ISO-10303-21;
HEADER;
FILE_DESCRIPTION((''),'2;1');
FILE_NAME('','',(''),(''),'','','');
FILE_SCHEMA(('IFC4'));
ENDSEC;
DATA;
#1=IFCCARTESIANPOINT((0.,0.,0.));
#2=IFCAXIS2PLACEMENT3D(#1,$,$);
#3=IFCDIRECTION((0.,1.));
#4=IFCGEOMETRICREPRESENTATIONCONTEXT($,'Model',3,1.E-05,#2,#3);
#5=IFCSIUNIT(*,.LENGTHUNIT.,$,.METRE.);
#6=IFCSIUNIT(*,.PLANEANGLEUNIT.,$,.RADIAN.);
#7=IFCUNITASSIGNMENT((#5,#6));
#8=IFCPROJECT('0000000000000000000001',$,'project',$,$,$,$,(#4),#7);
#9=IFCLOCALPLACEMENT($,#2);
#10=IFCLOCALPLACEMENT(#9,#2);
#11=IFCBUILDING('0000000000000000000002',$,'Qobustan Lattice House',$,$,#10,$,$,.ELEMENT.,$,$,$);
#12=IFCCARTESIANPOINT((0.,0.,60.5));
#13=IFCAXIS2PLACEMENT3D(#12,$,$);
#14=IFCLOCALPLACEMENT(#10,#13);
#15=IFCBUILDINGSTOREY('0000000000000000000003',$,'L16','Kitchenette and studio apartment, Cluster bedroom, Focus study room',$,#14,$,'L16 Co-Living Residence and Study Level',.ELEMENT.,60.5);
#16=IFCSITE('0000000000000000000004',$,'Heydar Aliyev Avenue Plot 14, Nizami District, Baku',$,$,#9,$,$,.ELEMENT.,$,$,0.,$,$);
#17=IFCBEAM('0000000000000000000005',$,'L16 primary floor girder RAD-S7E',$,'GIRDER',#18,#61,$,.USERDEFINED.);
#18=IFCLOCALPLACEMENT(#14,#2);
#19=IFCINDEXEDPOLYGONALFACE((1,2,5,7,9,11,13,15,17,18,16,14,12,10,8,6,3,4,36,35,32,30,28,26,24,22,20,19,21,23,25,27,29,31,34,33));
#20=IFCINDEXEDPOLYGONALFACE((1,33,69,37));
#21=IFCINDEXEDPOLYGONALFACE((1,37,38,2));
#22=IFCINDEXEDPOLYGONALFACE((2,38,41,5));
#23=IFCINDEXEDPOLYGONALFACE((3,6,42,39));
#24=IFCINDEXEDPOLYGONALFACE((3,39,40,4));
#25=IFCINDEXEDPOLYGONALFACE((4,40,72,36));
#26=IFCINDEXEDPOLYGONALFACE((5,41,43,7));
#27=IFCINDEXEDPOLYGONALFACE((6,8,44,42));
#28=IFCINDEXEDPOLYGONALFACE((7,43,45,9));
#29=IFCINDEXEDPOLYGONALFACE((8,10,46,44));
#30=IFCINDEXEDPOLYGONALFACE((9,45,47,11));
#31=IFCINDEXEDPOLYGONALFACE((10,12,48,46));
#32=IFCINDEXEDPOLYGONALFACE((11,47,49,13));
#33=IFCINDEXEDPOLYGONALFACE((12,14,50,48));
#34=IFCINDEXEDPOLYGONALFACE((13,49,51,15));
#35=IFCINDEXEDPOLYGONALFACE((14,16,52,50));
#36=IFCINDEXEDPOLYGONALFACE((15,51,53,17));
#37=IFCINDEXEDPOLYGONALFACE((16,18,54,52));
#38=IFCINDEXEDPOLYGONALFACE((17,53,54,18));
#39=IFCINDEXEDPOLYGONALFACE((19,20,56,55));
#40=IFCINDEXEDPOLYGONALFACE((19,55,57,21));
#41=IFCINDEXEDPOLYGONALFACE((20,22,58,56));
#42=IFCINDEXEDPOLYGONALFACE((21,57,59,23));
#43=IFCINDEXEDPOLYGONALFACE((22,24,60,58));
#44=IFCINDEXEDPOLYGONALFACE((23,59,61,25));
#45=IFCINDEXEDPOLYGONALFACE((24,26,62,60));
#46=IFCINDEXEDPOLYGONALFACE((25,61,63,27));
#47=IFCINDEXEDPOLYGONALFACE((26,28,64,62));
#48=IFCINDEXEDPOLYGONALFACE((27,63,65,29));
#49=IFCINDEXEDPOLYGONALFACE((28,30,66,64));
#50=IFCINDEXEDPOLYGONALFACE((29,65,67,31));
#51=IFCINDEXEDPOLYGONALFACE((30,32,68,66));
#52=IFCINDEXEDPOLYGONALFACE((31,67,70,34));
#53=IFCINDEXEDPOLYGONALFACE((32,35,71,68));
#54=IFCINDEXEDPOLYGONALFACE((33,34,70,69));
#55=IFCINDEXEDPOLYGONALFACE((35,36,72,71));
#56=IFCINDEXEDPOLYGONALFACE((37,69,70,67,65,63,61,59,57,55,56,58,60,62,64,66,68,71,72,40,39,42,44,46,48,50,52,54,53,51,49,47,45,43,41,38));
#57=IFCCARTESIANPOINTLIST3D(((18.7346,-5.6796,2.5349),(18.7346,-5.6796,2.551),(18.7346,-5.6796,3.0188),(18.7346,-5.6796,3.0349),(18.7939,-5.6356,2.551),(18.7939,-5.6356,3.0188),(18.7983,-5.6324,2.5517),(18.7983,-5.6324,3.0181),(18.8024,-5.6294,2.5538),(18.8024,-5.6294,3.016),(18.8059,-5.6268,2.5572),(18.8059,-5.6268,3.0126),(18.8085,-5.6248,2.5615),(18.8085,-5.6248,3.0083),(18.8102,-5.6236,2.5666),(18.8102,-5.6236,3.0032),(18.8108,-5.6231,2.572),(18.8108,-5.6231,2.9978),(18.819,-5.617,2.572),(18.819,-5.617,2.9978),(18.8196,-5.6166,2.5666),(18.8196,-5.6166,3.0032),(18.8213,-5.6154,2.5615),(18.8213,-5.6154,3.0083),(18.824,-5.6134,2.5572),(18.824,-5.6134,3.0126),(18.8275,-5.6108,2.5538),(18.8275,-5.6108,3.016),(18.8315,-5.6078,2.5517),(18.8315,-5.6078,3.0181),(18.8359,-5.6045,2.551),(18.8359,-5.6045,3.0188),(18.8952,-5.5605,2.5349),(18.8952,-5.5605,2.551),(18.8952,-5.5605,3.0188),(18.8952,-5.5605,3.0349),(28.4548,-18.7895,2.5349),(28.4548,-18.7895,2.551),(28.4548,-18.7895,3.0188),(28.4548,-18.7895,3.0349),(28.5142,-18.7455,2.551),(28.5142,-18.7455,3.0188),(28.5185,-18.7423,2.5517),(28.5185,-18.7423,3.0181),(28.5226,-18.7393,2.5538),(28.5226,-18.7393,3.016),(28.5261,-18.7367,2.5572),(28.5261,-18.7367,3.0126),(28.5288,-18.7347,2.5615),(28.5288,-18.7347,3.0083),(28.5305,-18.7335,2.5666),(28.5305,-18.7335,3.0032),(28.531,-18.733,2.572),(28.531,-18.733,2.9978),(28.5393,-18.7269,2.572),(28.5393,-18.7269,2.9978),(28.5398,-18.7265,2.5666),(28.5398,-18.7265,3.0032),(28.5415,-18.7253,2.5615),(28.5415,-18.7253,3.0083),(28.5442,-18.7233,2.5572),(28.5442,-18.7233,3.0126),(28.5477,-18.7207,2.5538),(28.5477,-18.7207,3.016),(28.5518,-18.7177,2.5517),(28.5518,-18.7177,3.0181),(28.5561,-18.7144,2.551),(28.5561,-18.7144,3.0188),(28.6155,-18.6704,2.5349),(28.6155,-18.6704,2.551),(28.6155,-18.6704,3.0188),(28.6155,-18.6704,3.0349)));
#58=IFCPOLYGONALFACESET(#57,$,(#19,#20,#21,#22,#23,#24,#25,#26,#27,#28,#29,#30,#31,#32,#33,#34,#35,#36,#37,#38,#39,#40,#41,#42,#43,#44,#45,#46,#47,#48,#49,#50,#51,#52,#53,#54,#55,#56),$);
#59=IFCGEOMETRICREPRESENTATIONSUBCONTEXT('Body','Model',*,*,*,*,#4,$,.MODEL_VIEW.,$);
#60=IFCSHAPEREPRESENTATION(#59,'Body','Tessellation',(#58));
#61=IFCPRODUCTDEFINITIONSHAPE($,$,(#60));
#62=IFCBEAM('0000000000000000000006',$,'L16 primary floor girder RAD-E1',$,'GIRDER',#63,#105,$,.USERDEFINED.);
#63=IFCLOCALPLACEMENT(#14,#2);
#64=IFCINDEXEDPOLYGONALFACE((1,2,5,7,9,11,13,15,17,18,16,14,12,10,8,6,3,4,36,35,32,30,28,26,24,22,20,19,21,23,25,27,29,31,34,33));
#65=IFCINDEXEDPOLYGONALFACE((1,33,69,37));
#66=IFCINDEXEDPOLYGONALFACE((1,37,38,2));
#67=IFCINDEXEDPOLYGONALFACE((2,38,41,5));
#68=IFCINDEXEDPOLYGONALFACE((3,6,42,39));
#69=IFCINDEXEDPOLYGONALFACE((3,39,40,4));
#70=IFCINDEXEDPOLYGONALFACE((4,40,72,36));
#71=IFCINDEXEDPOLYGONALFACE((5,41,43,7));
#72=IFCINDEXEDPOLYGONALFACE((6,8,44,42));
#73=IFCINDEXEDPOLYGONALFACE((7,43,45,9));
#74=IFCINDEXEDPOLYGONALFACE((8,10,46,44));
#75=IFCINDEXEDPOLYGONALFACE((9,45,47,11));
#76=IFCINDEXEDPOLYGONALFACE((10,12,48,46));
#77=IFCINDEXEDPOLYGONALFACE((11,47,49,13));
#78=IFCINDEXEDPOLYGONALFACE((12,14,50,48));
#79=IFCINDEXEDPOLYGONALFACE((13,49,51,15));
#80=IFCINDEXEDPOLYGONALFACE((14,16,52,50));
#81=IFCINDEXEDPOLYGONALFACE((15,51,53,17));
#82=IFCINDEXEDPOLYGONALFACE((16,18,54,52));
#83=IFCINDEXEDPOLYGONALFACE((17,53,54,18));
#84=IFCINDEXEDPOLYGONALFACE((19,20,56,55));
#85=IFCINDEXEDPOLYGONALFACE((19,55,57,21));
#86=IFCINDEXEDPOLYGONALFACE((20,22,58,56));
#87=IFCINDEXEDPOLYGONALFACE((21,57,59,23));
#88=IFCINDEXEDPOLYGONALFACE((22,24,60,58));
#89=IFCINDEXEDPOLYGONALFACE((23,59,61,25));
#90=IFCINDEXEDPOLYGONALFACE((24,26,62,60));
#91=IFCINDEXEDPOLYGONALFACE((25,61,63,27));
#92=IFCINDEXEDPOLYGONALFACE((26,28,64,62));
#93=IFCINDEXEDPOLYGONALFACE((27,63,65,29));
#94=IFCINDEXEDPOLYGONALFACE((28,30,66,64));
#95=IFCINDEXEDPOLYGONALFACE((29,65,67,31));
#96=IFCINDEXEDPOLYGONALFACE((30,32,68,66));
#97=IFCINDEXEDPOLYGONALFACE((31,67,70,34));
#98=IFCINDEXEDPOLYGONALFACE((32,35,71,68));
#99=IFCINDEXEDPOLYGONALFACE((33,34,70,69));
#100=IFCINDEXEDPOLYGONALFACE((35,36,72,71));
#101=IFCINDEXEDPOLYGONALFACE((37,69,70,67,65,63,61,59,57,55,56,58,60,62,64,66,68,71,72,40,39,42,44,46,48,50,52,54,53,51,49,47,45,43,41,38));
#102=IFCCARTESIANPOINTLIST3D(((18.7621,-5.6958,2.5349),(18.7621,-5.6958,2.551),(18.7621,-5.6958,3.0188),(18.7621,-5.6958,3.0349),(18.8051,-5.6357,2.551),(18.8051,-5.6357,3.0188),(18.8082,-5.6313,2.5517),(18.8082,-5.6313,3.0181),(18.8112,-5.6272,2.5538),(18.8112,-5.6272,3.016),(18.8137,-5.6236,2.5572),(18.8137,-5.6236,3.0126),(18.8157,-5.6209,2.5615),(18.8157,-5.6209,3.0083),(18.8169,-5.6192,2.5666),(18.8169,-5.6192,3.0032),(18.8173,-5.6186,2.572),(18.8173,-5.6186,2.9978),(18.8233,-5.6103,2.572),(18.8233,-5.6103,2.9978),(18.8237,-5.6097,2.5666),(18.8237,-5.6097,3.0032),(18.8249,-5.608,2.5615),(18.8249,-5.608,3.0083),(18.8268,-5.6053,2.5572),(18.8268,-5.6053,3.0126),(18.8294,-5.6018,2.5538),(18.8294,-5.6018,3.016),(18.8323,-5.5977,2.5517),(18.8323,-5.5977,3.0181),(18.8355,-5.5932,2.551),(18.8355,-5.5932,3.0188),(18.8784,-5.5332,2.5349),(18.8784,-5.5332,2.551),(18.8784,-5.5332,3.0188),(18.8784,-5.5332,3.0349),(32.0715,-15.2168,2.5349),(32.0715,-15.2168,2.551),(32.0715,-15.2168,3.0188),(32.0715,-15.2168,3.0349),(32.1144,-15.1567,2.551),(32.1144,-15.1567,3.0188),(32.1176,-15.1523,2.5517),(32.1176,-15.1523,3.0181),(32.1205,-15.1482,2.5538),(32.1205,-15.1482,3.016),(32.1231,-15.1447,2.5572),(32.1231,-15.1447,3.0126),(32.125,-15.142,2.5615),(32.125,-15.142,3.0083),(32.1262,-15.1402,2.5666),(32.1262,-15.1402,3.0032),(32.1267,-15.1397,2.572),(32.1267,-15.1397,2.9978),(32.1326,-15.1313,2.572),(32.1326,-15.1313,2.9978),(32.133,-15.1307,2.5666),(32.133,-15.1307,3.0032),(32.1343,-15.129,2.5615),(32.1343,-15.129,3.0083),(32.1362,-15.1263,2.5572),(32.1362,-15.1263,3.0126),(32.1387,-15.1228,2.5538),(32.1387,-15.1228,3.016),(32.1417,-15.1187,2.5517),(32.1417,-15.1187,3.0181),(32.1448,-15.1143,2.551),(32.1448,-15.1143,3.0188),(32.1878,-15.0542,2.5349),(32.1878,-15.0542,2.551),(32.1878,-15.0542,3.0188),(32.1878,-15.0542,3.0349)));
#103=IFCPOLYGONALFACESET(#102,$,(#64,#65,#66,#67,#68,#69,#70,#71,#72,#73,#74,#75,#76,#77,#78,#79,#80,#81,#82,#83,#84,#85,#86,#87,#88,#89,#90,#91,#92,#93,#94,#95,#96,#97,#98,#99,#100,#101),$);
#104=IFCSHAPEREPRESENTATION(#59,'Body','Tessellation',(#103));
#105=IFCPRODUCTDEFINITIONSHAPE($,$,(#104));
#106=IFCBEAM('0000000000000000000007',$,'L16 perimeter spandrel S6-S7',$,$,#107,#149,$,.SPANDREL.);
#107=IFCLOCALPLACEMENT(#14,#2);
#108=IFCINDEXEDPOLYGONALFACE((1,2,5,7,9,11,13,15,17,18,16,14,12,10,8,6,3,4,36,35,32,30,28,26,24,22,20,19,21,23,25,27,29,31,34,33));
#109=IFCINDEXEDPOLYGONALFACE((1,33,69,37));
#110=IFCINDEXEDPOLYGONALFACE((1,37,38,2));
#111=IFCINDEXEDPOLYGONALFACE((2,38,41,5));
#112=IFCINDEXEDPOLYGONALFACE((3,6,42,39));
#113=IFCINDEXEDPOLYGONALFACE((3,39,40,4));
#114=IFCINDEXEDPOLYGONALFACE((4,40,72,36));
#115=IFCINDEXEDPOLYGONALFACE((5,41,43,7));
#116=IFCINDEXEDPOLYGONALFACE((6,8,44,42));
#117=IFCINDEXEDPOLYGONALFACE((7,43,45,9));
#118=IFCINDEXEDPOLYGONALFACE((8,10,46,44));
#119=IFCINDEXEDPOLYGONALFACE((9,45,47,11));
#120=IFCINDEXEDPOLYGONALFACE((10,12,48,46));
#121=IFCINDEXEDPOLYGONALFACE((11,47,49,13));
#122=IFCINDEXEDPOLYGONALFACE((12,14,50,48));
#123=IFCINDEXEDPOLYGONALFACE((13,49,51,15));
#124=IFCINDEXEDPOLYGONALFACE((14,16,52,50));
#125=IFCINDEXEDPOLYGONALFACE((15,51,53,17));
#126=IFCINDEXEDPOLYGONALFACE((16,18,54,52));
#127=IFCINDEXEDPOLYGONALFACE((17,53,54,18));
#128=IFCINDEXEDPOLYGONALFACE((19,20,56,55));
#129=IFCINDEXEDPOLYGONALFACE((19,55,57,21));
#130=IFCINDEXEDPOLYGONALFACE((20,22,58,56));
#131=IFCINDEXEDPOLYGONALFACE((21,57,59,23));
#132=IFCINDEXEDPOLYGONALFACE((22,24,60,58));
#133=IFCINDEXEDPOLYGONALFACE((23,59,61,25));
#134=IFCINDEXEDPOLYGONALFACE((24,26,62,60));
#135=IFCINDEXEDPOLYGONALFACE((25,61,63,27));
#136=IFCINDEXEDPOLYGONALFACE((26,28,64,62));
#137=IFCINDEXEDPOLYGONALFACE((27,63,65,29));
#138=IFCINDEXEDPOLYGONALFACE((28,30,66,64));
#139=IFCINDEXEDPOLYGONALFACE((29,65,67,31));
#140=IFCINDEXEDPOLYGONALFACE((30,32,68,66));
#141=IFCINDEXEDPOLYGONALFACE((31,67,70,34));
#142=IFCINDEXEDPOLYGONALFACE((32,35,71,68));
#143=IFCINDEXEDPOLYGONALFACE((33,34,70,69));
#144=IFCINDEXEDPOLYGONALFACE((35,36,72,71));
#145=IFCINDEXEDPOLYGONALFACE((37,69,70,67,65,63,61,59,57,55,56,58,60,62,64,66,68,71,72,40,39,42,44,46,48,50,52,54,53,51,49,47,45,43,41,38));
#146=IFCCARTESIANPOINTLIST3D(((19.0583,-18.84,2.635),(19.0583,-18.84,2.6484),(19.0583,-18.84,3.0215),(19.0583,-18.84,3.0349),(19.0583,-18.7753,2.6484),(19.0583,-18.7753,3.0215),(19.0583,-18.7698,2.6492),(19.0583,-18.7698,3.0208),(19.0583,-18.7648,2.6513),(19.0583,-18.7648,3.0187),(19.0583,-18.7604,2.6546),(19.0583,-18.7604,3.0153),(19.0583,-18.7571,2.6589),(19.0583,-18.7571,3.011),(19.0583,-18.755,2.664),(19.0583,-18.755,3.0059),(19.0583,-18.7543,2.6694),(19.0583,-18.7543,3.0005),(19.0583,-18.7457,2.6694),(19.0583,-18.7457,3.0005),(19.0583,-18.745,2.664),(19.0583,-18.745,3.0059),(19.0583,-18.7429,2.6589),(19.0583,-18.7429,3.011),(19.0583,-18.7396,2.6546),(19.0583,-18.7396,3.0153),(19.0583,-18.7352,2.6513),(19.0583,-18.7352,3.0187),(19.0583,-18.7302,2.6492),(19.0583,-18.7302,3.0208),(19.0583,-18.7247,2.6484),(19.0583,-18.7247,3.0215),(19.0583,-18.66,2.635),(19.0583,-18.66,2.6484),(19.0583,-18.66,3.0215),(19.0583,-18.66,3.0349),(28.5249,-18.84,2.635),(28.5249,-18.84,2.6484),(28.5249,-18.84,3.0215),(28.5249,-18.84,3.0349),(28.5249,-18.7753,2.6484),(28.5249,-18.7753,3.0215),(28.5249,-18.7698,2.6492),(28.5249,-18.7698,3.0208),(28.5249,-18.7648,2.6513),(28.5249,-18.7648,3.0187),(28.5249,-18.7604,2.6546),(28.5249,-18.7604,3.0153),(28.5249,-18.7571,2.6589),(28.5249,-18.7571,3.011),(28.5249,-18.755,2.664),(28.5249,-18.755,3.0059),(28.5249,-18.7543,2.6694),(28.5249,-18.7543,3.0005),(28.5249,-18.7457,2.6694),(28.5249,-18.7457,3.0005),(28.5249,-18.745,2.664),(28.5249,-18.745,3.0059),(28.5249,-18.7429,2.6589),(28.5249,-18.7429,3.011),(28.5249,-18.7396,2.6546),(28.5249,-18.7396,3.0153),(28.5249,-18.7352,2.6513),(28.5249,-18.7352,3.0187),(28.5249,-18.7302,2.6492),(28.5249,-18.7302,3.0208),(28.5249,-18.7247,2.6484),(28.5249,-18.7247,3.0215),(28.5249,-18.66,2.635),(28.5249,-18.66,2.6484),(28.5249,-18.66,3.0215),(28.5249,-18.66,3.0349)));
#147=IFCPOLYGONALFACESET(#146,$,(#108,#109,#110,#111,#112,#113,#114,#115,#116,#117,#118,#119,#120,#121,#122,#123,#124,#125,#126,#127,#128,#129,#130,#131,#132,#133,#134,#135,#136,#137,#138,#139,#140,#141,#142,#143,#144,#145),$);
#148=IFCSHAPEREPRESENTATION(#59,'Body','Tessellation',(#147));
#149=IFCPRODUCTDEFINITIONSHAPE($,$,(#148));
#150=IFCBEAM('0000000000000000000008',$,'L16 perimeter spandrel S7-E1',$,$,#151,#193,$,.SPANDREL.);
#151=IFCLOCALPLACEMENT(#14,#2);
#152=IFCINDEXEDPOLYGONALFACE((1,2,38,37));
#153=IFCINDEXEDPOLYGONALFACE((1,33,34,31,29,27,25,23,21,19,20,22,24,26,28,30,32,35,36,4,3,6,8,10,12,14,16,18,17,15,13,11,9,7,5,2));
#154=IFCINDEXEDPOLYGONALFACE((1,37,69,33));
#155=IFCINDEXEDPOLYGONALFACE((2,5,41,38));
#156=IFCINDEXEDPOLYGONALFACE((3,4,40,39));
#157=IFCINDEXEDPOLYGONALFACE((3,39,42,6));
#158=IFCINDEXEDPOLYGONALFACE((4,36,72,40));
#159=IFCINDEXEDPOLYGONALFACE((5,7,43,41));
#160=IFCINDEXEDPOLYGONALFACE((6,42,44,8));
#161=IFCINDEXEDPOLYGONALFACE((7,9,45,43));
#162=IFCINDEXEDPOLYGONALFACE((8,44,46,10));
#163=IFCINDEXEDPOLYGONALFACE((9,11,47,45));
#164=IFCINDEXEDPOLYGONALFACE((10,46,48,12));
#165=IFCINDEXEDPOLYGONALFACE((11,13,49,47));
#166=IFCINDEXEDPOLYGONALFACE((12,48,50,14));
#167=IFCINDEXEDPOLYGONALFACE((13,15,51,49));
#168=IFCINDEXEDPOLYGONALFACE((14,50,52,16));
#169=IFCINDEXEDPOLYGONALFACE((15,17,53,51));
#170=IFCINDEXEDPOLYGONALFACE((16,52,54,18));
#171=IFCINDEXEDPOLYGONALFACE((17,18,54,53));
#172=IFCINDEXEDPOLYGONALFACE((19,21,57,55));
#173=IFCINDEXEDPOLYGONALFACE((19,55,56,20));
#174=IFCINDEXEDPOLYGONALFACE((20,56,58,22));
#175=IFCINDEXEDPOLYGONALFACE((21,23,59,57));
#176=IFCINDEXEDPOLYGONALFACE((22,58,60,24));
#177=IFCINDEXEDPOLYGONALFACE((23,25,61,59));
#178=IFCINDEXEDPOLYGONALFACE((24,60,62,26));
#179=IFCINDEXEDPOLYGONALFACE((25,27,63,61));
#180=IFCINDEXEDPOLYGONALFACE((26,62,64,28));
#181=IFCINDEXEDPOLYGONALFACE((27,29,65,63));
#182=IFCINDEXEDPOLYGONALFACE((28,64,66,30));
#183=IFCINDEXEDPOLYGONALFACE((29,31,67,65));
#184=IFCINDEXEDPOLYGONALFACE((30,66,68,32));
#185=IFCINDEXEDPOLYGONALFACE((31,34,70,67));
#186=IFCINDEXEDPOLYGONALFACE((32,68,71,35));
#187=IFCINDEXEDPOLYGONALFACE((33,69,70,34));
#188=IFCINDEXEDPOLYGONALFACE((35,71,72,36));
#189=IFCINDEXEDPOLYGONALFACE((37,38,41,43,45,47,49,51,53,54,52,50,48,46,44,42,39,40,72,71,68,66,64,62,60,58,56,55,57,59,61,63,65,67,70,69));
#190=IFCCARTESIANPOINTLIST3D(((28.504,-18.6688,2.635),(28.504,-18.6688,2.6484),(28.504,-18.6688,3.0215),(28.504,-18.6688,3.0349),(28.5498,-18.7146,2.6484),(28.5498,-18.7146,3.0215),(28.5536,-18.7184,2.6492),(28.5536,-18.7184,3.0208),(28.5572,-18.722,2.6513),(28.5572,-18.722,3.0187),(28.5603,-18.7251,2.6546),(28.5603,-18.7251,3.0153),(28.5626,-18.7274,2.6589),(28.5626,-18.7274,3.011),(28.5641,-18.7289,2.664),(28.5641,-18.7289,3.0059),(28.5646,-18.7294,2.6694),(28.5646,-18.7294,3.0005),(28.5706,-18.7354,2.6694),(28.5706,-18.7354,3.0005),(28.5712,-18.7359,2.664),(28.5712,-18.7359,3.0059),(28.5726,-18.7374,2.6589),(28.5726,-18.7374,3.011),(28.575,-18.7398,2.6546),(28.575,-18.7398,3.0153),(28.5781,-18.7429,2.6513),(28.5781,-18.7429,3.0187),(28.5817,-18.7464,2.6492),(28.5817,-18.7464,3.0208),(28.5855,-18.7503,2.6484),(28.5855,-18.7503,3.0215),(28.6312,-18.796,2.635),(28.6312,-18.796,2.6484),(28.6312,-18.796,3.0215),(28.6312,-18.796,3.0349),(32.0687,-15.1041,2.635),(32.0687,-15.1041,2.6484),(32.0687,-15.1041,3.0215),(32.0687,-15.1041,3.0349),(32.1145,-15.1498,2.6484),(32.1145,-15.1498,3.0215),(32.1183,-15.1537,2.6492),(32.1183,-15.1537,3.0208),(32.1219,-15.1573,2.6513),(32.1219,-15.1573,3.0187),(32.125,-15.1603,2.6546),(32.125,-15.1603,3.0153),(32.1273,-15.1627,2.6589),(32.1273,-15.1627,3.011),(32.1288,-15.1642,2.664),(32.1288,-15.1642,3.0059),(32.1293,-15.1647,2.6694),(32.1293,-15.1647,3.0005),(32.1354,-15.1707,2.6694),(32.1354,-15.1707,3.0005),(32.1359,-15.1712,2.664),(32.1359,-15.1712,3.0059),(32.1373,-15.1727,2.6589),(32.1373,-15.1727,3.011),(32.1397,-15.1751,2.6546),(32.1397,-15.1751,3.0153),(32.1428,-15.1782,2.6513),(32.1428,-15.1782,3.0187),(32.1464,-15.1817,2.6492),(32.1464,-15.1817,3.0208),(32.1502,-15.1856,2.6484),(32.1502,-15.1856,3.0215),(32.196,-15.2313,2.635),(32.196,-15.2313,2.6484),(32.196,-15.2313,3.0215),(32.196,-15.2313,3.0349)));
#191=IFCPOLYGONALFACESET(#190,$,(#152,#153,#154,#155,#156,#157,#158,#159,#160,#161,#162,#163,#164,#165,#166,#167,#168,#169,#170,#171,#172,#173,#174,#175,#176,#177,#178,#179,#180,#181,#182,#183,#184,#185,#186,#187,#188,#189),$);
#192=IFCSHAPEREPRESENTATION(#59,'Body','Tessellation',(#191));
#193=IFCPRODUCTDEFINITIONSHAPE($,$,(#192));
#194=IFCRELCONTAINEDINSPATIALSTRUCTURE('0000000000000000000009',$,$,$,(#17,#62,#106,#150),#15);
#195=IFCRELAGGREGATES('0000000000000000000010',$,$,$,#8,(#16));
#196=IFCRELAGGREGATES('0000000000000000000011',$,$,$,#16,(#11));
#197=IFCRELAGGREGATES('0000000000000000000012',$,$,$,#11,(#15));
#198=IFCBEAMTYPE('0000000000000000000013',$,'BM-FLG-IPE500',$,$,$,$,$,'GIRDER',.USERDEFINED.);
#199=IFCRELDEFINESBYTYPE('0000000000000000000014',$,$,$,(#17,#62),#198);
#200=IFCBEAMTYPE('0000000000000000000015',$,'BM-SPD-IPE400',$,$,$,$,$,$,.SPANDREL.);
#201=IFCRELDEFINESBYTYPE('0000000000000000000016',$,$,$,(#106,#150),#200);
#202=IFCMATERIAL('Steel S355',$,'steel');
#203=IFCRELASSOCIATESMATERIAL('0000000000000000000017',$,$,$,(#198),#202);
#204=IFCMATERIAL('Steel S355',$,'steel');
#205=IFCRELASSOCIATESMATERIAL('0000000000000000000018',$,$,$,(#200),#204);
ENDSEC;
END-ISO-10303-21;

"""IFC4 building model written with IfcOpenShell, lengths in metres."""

from ifc_helpers import new_model, si_unit, direction, frame, origin, origin_2d, place, context, subcontext, project, spatial, i_section, extrude, material, material_profile, profile_set, type_object, element, save


model = new_model("IFC4")

# Units and contexts
model_context = context("Model", 3, precision=1e-05, world=origin(), true_north=direction((0.0, 1.0)))
body_context = subcontext(model_context, "Body", "Model", "MODEL_VIEW")
ifc_project = project(units=[si_unit("LENGTHUNIT", "METRE"), si_unit("PLANEANGLEUNIT", "RADIAN")], contexts=[model_context])

# Site, building, storey
site_placement = place(None, origin())
site = spatial("IfcSite", under=ifc_project, at=site_placement, Name="Heydar Aliyev Avenue Plot 14, Nizami District, Baku", CompositionType="ELEMENT", RefElevation=0.0)
building_placement = place(site_placement, origin())
building = spatial("IfcBuilding", under=site, at=building_placement, Name="Qobustan Lattice House", CompositionType="ELEMENT")
storey_placement = place(building_placement, frame((0.0, 0.0, 60.5)))
storey = spatial("IfcBuildingStorey", under=building, at=storey_placement, Name="L16", Description="Kitchenette and studio apartment, Cluster bedroom, Focus study room", LongName="L16 Co-Living Residence and Study Level", CompositionType="ELEMENT", Elevation=60.5)

# Beams
ifc_material_1 = material(Name="Steel S355", Category="steel")
ifc_material_profile_1 = material_profile(ifc_material_1, i_section(OverallWidth=0.2, OverallDepth=0.5, WebThickness=0.0103, FlangeThickness=0.0161, FilletRadius=0.021, at=origin_2d()), Name="IPE500")
ifc_profile_set_1 = profile_set([ifc_material_profile_1], Name="Steel S355")
beam_type_1 = type_object("IfcBeamType", Name="BM-FLG-IPE500", ElementType="GIRDER", PredefinedType="USERDEFINED", material=ifc_profile_set_1)
beam_1_placement = place(storey_placement, frame((28.5352, -18.73, 2.7849), z_axis=(-0.595592, 0.803287, 0.0), x_axis=(-0.803287, -0.595592, 0.0)))
element("IfcBeam", 1, at=beam_1_placement, inside=storey, type_object=beam_type_1, Name="L16 primary floor girder RAD-S7E", ObjectType="GIRDER", PredefinedType="USERDEFINED", context=body_context, shape_type="SweptSolid", body=[
    extrude(i_section(OverallWidth=0.2, OverallDepth=0.5, WebThickness=0.0103, FlangeThickness=0.0161, FilletRadius=0.021, at=origin_2d()), origin(), (0.0, 0.0, 1.0), 16.3203),
])
beam_2_placement = place(storey_placement, frame((32.1296, -15.1355, 2.7849), z_axis=(-0.813319, 0.581818, 0.0), x_axis=(-0.581818, -0.813319, 0.0)))
element("IfcBeam", 2, at=beam_2_placement, inside=storey, type_object=beam_type_1, Name="L16 primary floor girder RAD-E1", ObjectType="GIRDER", PredefinedType="USERDEFINED", context=body_context, shape_type="SweptSolid", body=[
    extrude(i_section(OverallWidth=0.2, OverallDepth=0.5, WebThickness=0.0103, FlangeThickness=0.0161, FilletRadius=0.021, at=origin_2d()), origin(), (0.0, 0.0, 1.0), 16.3643),
])
ifc_material_2 = material(Name="Steel S355", Category="steel")
ifc_material_profile_2 = material_profile(ifc_material_2, i_section(OverallWidth=0.1799, OverallDepth=0.3999, WebThickness=0.0085, FlangeThickness=0.0134, FilletRadius=0.021, at=origin_2d()), Name="IPE400")
ifc_profile_set_2 = profile_set([ifc_material_profile_2], Name="Steel S355")
beam_type_2 = type_object("IfcBeamType", Name="BM-SPD-IPE400", PredefinedType="SPANDREL", material=ifc_profile_set_2)
beam_3_placement = place(storey_placement, frame((19.0583, -18.75, 2.835), z_axis=(1.0, 0.0, 0.0), x_axis=(0.0, 1.0, 0.0)))
element("IfcBeam", 3, at=beam_3_placement, inside=storey, type_object=beam_type_2, Name="L16 perimeter spandrel S6-S7", PredefinedType="SPANDREL", context=body_context, shape_type="SweptSolid", body=[
    extrude(i_section(OverallWidth=0.1799, OverallDepth=0.3999, WebThickness=0.0085, FlangeThickness=0.0134, FilletRadius=0.021, at=origin_2d()), origin(), (0.0, 0.0, 1.0), 9.4666),
])
beam_4_placement = place(storey_placement, frame((28.5676, -18.7324, 2.835), z_axis=(0.707107, 0.707107, 0.0), x_axis=(-0.707107, 0.707107, 0.0)))
element("IfcBeam", 4, at=beam_4_placement, inside=storey, type_object=beam_type_2, Name="L16 perimeter spandrel S7-E1", PredefinedType="SPANDREL", context=body_context, shape_type="SweptSolid", body=[
    extrude(i_section(OverallWidth=0.1799, OverallDepth=0.3999, WebThickness=0.0085, FlangeThickness=0.0134, FilletRadius=0.021, at=origin_2d()), origin(), (0.0, 0.0, 1.0), 5.0413),
])

save(model, "model.ifc")
